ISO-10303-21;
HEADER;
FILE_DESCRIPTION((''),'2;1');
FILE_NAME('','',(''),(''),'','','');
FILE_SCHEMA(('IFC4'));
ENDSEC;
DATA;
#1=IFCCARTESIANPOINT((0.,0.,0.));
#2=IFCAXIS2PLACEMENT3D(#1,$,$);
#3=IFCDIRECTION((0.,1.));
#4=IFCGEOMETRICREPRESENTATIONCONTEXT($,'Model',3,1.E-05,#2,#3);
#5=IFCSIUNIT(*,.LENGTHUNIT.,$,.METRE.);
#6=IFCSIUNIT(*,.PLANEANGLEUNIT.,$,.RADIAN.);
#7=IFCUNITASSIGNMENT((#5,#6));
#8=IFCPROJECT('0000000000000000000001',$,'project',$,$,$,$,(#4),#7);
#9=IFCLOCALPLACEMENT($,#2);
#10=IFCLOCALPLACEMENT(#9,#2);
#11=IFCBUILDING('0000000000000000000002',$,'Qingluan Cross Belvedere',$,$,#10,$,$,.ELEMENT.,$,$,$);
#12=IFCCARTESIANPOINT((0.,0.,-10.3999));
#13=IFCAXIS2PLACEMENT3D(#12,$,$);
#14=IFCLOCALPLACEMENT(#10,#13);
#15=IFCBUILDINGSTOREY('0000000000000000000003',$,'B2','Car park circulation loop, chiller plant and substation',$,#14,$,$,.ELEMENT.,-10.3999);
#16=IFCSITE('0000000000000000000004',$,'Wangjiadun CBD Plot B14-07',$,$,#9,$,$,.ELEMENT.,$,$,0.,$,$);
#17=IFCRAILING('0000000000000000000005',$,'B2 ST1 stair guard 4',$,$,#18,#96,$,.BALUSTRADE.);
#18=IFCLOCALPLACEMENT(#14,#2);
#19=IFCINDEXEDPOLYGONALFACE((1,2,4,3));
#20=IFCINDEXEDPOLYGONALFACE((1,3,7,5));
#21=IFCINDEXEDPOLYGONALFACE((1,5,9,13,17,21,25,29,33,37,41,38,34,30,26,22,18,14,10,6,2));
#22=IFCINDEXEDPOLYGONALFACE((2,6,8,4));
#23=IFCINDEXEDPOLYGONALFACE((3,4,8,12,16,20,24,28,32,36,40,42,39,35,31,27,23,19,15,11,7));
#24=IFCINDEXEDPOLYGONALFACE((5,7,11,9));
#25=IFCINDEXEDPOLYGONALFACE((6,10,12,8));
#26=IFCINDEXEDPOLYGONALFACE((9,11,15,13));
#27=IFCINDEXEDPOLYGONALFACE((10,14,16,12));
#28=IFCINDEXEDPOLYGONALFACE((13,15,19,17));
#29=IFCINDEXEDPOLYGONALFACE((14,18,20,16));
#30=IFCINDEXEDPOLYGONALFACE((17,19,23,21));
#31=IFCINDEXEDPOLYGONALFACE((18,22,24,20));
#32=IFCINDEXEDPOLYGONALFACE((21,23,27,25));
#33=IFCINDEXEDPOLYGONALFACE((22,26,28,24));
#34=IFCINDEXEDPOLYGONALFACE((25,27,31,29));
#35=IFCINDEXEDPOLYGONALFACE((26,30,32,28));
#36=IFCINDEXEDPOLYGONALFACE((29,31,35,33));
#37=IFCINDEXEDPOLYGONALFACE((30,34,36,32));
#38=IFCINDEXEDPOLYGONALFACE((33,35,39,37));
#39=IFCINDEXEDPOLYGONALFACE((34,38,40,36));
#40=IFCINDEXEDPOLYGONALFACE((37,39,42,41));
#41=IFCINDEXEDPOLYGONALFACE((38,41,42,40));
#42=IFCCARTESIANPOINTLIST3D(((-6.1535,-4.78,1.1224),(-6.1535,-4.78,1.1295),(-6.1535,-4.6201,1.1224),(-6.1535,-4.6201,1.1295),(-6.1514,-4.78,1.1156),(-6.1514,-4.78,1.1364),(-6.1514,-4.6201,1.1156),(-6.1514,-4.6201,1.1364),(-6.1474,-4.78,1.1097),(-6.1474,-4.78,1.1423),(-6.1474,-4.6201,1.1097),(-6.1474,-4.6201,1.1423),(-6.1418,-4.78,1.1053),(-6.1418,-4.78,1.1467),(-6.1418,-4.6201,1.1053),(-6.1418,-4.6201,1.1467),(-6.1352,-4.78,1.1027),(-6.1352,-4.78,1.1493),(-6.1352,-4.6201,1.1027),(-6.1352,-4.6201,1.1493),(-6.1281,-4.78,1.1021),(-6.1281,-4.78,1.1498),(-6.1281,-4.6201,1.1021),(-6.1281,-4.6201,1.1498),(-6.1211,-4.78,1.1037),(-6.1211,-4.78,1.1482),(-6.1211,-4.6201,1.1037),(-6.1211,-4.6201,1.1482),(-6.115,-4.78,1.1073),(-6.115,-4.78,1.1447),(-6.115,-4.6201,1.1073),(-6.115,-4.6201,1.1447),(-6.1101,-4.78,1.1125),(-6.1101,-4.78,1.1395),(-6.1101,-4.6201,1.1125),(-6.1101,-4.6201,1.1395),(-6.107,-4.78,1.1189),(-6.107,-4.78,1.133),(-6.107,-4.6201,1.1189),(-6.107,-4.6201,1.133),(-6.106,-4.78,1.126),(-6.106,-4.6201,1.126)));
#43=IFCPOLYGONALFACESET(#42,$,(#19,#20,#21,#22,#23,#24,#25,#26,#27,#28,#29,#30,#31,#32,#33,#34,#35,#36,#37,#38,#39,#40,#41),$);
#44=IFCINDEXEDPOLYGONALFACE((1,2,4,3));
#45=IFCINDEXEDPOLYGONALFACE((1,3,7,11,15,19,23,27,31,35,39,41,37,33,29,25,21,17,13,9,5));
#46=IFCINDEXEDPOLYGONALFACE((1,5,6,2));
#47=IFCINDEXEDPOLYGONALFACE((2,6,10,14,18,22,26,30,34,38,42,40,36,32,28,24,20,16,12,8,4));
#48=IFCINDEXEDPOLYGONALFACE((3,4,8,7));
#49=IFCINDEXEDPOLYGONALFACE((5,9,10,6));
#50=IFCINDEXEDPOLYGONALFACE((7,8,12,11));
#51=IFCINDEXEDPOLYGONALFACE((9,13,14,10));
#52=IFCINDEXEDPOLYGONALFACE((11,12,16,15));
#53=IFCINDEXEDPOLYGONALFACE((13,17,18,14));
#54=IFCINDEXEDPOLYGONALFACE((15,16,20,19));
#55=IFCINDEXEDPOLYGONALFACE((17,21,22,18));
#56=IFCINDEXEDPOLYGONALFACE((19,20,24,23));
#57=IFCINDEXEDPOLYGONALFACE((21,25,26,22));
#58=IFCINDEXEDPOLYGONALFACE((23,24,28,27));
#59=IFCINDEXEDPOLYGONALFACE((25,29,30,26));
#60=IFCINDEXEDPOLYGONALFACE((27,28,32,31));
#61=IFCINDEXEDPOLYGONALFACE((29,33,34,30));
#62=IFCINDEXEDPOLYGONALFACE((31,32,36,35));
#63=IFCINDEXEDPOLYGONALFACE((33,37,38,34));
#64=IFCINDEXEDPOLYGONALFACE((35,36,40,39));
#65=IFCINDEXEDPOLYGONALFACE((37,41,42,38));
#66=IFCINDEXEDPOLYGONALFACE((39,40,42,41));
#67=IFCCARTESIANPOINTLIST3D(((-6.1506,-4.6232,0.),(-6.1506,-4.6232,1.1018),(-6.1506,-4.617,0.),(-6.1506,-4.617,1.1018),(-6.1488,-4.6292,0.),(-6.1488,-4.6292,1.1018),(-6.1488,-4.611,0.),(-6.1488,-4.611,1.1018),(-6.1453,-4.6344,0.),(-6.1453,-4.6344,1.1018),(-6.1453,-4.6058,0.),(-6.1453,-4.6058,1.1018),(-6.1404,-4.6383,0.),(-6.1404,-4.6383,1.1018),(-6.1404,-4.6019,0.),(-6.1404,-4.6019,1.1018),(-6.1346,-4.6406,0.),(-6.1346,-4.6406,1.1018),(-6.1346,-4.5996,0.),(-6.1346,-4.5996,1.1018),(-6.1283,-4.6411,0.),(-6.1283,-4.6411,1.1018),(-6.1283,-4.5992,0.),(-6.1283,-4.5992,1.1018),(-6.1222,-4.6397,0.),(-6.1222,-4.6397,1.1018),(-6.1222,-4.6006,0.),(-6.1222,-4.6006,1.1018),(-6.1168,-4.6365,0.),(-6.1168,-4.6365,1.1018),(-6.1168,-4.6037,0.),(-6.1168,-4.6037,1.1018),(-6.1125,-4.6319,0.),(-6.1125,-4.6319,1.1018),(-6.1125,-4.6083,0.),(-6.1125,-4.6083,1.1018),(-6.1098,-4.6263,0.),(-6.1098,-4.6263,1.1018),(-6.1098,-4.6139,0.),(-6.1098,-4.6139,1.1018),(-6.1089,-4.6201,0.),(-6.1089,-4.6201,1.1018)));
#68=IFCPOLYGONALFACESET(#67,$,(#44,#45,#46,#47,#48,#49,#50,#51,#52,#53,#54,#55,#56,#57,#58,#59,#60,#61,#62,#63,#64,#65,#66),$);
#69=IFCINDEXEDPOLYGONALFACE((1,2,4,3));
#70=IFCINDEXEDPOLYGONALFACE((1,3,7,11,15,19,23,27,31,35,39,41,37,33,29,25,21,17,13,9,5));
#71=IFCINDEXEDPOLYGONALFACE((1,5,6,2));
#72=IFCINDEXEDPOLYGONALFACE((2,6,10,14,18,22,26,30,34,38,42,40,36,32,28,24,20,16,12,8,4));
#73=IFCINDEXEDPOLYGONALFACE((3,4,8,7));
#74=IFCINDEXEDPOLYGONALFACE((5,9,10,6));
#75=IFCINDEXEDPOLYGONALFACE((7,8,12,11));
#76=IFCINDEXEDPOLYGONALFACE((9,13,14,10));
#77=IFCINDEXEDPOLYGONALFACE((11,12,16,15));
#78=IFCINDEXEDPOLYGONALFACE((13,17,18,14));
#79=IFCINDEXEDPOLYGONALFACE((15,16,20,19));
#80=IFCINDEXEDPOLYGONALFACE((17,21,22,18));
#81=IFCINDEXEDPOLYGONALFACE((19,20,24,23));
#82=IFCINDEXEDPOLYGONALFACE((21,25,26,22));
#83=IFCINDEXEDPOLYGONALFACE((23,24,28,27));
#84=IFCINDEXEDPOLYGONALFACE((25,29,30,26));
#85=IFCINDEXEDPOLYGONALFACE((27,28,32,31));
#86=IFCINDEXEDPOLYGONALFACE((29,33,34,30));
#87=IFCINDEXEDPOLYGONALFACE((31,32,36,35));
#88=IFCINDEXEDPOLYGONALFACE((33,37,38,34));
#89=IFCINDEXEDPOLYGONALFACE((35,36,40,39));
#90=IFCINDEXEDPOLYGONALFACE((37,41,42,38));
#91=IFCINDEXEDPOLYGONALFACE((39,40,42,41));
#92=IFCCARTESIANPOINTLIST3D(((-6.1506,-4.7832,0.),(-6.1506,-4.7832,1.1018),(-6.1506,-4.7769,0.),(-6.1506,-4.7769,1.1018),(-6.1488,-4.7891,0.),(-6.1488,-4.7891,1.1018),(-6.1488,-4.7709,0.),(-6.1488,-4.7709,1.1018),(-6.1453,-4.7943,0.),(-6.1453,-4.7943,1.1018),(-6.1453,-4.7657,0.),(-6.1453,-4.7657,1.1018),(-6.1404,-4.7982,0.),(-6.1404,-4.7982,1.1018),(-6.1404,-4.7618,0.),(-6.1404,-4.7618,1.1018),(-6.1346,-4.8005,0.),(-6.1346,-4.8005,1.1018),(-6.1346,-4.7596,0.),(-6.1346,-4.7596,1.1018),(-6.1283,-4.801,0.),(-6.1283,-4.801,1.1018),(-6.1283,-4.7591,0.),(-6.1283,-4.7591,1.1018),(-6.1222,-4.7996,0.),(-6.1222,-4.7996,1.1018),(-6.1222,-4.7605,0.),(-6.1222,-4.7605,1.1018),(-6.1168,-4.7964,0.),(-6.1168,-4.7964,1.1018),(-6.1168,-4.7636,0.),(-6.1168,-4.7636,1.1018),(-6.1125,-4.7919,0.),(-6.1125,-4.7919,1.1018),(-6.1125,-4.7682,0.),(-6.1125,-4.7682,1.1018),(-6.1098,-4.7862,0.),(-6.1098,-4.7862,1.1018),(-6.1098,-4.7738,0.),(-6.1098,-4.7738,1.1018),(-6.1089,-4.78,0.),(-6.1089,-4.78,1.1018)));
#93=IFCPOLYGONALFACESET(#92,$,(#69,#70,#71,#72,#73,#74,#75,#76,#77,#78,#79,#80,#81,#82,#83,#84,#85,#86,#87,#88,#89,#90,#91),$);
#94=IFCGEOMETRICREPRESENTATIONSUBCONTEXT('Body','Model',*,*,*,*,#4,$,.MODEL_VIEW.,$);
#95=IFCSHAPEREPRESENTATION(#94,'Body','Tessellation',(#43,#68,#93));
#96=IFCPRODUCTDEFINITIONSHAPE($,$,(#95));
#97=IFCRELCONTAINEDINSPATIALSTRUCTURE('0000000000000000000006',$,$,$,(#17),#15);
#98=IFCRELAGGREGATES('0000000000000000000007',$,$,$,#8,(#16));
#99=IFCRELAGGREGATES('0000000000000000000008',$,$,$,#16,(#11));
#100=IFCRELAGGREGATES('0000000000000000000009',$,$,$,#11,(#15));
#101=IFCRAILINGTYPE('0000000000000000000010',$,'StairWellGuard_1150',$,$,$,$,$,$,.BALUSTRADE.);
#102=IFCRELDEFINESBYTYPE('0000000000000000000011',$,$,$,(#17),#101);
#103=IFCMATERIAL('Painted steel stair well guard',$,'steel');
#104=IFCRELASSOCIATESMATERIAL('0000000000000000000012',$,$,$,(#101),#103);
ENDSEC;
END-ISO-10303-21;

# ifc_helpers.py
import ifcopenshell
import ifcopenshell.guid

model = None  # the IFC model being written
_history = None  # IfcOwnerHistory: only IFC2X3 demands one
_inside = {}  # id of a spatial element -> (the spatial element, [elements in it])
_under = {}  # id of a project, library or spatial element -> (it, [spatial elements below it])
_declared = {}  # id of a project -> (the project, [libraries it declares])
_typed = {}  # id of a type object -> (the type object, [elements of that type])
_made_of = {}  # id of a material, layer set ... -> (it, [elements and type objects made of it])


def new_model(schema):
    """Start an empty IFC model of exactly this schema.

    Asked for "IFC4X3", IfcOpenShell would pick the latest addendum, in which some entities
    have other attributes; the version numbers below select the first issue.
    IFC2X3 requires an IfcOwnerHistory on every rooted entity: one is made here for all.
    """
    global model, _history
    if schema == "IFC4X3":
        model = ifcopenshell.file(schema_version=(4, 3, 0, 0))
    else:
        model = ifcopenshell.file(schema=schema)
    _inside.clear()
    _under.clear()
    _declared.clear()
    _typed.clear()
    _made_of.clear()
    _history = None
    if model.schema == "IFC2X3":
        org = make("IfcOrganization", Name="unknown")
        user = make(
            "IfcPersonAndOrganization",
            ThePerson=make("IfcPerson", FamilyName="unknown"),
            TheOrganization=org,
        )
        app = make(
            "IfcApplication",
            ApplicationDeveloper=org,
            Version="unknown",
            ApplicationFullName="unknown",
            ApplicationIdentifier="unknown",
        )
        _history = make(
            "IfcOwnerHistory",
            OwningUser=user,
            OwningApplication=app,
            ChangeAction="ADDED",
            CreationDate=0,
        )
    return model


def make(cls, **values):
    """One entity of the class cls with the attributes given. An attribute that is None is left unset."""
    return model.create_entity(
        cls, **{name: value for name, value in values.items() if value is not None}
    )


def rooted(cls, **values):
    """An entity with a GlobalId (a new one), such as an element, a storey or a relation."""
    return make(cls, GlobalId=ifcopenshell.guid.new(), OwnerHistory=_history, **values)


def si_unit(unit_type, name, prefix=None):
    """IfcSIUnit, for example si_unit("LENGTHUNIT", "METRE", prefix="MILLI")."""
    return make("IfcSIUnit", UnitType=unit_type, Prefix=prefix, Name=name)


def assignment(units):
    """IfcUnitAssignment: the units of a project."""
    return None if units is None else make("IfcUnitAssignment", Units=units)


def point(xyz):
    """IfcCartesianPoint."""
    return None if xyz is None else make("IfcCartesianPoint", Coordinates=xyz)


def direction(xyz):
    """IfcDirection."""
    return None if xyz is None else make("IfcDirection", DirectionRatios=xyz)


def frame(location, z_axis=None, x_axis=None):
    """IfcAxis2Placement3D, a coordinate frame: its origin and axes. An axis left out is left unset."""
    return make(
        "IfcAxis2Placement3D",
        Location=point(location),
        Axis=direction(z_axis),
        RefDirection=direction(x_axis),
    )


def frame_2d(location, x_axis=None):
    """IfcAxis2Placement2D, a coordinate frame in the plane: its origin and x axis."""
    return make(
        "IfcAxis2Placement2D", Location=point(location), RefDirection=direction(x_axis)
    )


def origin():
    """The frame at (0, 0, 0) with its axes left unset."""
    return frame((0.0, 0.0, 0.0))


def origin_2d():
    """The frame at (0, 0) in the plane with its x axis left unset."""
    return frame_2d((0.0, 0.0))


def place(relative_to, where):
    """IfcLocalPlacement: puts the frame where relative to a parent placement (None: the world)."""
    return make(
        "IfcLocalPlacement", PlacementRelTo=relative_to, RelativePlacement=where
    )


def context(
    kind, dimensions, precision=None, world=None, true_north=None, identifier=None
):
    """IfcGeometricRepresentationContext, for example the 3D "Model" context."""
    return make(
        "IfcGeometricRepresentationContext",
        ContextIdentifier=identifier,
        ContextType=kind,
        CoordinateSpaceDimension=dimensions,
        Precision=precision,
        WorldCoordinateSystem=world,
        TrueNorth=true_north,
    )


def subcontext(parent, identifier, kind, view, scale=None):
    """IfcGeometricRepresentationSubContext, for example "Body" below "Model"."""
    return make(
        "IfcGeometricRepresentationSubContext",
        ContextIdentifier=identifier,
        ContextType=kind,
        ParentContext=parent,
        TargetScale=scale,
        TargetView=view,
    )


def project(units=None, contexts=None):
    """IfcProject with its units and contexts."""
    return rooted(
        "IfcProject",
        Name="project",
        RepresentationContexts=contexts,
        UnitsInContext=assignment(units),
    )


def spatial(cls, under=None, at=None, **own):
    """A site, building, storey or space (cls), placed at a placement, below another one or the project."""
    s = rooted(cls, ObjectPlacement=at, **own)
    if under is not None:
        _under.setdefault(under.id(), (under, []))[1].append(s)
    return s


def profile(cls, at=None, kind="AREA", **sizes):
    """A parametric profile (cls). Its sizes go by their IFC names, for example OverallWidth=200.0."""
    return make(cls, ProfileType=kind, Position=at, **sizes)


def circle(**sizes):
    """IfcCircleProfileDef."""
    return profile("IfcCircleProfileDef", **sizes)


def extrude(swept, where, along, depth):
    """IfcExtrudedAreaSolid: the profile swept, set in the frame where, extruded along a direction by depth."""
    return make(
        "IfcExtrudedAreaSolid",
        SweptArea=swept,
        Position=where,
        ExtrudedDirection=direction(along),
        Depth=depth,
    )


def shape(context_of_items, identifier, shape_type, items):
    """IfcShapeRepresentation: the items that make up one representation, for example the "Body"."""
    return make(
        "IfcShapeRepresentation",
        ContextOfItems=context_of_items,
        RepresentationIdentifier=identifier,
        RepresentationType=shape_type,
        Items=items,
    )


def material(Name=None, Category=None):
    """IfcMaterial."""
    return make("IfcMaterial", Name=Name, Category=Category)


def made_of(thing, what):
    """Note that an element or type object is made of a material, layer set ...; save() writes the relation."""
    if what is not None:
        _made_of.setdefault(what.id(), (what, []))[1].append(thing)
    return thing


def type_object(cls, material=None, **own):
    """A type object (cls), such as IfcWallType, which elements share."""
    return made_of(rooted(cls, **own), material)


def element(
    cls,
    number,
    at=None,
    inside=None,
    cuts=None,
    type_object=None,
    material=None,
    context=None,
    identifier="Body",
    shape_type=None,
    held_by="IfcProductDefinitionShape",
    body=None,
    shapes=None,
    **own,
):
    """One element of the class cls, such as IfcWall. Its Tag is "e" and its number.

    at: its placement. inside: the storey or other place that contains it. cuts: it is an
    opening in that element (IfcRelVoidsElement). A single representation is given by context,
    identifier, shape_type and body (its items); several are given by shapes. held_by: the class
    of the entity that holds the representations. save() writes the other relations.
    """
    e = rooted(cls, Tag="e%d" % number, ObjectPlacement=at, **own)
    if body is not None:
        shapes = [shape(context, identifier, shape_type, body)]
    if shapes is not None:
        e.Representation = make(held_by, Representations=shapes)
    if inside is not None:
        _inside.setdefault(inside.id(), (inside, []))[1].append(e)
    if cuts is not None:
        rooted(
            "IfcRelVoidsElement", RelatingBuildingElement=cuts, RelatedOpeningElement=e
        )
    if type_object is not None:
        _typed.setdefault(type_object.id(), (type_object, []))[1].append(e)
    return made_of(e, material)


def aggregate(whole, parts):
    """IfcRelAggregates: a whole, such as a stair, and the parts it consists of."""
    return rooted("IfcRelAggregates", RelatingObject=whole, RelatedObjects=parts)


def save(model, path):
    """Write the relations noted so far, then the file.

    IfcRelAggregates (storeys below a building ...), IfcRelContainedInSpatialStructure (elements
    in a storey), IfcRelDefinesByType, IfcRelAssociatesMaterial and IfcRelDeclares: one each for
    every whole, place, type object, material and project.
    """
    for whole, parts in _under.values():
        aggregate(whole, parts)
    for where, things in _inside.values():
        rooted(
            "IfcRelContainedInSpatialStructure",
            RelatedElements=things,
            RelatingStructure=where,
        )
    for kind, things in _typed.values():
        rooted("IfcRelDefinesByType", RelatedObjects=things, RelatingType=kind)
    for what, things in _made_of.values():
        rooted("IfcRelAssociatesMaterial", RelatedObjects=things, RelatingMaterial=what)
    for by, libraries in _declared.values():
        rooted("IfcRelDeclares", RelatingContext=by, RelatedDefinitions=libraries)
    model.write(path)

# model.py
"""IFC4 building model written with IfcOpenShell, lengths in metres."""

from ifc_helpers import new_model, si_unit, direction, frame, origin, origin_2d, place, context, subcontext, project, spatial, circle, extrude, material, type_object, element, save


model = new_model("IFC4")

# Units and contexts
model_context = context("Model", 3, precision=1e-05, world=origin(), true_north=direction((0.0, 1.0)))
body_context = subcontext(model_context, "Body", "Model", "MODEL_VIEW")
ifc_project = project(units=[si_unit("LENGTHUNIT", "METRE"), si_unit("PLANEANGLEUNIT", "RADIAN")], contexts=[model_context])

# Site, building, storey
site_placement = place(None, origin())
site = spatial("IfcSite", under=ifc_project, at=site_placement, Name="Wangjiadun CBD Plot B14-07", CompositionType="ELEMENT", RefElevation=0.0)
building_placement = place(site_placement, origin())
building = spatial("IfcBuilding", under=site, at=building_placement, Name="Qingluan Cross Belvedere", CompositionType="ELEMENT")
storey_placement = place(building_placement, frame((0.0, 0.0, -10.3999)))
storey = spatial("IfcBuildingStorey", under=building, at=storey_placement, Name="B2", Description="Car park circulation loop, chiller plant and substation", CompositionType="ELEMENT", Elevation=-10.3999)

# Railing
ifc_material_1 = material(Name="Painted steel stair well guard", Category="steel")
railing_type_1 = type_object("IfcRailingType", Name="StairWellGuard_1150", PredefinedType="BALUSTRADE", material=ifc_material_1)
railing_1_placement = place(storey_placement, frame((-6.1299, -4.6201, 0.0)))
element("IfcRailing", 1, at=railing_1_placement, inside=storey, type_object=railing_type_1, Name="B2 ST1 stair guard 4", PredefinedType="BALUSTRADE", context=body_context, shape_type="SweptSolid", body=[
    extrude(circle(Radius=0.0239, at=origin_2d()), frame((0.0, 0.0, 1.126), z_axis=(0.0, -1.0, 0.0), x_axis=(1.0, 0.0, 0.0)), (0.0, 0.0, 1.0), 0.1599),
    extrude(circle(Radius=0.021, at=origin_2d()), origin(), (0.0, 0.0, 1.0), 1.1018),
    extrude(circle(Radius=0.021, at=origin_2d()), frame((0.0, -0.1599, 0.0)), (0.0, 0.0, 1.0), 1.1018),
])

save(model, "model.ifc")
